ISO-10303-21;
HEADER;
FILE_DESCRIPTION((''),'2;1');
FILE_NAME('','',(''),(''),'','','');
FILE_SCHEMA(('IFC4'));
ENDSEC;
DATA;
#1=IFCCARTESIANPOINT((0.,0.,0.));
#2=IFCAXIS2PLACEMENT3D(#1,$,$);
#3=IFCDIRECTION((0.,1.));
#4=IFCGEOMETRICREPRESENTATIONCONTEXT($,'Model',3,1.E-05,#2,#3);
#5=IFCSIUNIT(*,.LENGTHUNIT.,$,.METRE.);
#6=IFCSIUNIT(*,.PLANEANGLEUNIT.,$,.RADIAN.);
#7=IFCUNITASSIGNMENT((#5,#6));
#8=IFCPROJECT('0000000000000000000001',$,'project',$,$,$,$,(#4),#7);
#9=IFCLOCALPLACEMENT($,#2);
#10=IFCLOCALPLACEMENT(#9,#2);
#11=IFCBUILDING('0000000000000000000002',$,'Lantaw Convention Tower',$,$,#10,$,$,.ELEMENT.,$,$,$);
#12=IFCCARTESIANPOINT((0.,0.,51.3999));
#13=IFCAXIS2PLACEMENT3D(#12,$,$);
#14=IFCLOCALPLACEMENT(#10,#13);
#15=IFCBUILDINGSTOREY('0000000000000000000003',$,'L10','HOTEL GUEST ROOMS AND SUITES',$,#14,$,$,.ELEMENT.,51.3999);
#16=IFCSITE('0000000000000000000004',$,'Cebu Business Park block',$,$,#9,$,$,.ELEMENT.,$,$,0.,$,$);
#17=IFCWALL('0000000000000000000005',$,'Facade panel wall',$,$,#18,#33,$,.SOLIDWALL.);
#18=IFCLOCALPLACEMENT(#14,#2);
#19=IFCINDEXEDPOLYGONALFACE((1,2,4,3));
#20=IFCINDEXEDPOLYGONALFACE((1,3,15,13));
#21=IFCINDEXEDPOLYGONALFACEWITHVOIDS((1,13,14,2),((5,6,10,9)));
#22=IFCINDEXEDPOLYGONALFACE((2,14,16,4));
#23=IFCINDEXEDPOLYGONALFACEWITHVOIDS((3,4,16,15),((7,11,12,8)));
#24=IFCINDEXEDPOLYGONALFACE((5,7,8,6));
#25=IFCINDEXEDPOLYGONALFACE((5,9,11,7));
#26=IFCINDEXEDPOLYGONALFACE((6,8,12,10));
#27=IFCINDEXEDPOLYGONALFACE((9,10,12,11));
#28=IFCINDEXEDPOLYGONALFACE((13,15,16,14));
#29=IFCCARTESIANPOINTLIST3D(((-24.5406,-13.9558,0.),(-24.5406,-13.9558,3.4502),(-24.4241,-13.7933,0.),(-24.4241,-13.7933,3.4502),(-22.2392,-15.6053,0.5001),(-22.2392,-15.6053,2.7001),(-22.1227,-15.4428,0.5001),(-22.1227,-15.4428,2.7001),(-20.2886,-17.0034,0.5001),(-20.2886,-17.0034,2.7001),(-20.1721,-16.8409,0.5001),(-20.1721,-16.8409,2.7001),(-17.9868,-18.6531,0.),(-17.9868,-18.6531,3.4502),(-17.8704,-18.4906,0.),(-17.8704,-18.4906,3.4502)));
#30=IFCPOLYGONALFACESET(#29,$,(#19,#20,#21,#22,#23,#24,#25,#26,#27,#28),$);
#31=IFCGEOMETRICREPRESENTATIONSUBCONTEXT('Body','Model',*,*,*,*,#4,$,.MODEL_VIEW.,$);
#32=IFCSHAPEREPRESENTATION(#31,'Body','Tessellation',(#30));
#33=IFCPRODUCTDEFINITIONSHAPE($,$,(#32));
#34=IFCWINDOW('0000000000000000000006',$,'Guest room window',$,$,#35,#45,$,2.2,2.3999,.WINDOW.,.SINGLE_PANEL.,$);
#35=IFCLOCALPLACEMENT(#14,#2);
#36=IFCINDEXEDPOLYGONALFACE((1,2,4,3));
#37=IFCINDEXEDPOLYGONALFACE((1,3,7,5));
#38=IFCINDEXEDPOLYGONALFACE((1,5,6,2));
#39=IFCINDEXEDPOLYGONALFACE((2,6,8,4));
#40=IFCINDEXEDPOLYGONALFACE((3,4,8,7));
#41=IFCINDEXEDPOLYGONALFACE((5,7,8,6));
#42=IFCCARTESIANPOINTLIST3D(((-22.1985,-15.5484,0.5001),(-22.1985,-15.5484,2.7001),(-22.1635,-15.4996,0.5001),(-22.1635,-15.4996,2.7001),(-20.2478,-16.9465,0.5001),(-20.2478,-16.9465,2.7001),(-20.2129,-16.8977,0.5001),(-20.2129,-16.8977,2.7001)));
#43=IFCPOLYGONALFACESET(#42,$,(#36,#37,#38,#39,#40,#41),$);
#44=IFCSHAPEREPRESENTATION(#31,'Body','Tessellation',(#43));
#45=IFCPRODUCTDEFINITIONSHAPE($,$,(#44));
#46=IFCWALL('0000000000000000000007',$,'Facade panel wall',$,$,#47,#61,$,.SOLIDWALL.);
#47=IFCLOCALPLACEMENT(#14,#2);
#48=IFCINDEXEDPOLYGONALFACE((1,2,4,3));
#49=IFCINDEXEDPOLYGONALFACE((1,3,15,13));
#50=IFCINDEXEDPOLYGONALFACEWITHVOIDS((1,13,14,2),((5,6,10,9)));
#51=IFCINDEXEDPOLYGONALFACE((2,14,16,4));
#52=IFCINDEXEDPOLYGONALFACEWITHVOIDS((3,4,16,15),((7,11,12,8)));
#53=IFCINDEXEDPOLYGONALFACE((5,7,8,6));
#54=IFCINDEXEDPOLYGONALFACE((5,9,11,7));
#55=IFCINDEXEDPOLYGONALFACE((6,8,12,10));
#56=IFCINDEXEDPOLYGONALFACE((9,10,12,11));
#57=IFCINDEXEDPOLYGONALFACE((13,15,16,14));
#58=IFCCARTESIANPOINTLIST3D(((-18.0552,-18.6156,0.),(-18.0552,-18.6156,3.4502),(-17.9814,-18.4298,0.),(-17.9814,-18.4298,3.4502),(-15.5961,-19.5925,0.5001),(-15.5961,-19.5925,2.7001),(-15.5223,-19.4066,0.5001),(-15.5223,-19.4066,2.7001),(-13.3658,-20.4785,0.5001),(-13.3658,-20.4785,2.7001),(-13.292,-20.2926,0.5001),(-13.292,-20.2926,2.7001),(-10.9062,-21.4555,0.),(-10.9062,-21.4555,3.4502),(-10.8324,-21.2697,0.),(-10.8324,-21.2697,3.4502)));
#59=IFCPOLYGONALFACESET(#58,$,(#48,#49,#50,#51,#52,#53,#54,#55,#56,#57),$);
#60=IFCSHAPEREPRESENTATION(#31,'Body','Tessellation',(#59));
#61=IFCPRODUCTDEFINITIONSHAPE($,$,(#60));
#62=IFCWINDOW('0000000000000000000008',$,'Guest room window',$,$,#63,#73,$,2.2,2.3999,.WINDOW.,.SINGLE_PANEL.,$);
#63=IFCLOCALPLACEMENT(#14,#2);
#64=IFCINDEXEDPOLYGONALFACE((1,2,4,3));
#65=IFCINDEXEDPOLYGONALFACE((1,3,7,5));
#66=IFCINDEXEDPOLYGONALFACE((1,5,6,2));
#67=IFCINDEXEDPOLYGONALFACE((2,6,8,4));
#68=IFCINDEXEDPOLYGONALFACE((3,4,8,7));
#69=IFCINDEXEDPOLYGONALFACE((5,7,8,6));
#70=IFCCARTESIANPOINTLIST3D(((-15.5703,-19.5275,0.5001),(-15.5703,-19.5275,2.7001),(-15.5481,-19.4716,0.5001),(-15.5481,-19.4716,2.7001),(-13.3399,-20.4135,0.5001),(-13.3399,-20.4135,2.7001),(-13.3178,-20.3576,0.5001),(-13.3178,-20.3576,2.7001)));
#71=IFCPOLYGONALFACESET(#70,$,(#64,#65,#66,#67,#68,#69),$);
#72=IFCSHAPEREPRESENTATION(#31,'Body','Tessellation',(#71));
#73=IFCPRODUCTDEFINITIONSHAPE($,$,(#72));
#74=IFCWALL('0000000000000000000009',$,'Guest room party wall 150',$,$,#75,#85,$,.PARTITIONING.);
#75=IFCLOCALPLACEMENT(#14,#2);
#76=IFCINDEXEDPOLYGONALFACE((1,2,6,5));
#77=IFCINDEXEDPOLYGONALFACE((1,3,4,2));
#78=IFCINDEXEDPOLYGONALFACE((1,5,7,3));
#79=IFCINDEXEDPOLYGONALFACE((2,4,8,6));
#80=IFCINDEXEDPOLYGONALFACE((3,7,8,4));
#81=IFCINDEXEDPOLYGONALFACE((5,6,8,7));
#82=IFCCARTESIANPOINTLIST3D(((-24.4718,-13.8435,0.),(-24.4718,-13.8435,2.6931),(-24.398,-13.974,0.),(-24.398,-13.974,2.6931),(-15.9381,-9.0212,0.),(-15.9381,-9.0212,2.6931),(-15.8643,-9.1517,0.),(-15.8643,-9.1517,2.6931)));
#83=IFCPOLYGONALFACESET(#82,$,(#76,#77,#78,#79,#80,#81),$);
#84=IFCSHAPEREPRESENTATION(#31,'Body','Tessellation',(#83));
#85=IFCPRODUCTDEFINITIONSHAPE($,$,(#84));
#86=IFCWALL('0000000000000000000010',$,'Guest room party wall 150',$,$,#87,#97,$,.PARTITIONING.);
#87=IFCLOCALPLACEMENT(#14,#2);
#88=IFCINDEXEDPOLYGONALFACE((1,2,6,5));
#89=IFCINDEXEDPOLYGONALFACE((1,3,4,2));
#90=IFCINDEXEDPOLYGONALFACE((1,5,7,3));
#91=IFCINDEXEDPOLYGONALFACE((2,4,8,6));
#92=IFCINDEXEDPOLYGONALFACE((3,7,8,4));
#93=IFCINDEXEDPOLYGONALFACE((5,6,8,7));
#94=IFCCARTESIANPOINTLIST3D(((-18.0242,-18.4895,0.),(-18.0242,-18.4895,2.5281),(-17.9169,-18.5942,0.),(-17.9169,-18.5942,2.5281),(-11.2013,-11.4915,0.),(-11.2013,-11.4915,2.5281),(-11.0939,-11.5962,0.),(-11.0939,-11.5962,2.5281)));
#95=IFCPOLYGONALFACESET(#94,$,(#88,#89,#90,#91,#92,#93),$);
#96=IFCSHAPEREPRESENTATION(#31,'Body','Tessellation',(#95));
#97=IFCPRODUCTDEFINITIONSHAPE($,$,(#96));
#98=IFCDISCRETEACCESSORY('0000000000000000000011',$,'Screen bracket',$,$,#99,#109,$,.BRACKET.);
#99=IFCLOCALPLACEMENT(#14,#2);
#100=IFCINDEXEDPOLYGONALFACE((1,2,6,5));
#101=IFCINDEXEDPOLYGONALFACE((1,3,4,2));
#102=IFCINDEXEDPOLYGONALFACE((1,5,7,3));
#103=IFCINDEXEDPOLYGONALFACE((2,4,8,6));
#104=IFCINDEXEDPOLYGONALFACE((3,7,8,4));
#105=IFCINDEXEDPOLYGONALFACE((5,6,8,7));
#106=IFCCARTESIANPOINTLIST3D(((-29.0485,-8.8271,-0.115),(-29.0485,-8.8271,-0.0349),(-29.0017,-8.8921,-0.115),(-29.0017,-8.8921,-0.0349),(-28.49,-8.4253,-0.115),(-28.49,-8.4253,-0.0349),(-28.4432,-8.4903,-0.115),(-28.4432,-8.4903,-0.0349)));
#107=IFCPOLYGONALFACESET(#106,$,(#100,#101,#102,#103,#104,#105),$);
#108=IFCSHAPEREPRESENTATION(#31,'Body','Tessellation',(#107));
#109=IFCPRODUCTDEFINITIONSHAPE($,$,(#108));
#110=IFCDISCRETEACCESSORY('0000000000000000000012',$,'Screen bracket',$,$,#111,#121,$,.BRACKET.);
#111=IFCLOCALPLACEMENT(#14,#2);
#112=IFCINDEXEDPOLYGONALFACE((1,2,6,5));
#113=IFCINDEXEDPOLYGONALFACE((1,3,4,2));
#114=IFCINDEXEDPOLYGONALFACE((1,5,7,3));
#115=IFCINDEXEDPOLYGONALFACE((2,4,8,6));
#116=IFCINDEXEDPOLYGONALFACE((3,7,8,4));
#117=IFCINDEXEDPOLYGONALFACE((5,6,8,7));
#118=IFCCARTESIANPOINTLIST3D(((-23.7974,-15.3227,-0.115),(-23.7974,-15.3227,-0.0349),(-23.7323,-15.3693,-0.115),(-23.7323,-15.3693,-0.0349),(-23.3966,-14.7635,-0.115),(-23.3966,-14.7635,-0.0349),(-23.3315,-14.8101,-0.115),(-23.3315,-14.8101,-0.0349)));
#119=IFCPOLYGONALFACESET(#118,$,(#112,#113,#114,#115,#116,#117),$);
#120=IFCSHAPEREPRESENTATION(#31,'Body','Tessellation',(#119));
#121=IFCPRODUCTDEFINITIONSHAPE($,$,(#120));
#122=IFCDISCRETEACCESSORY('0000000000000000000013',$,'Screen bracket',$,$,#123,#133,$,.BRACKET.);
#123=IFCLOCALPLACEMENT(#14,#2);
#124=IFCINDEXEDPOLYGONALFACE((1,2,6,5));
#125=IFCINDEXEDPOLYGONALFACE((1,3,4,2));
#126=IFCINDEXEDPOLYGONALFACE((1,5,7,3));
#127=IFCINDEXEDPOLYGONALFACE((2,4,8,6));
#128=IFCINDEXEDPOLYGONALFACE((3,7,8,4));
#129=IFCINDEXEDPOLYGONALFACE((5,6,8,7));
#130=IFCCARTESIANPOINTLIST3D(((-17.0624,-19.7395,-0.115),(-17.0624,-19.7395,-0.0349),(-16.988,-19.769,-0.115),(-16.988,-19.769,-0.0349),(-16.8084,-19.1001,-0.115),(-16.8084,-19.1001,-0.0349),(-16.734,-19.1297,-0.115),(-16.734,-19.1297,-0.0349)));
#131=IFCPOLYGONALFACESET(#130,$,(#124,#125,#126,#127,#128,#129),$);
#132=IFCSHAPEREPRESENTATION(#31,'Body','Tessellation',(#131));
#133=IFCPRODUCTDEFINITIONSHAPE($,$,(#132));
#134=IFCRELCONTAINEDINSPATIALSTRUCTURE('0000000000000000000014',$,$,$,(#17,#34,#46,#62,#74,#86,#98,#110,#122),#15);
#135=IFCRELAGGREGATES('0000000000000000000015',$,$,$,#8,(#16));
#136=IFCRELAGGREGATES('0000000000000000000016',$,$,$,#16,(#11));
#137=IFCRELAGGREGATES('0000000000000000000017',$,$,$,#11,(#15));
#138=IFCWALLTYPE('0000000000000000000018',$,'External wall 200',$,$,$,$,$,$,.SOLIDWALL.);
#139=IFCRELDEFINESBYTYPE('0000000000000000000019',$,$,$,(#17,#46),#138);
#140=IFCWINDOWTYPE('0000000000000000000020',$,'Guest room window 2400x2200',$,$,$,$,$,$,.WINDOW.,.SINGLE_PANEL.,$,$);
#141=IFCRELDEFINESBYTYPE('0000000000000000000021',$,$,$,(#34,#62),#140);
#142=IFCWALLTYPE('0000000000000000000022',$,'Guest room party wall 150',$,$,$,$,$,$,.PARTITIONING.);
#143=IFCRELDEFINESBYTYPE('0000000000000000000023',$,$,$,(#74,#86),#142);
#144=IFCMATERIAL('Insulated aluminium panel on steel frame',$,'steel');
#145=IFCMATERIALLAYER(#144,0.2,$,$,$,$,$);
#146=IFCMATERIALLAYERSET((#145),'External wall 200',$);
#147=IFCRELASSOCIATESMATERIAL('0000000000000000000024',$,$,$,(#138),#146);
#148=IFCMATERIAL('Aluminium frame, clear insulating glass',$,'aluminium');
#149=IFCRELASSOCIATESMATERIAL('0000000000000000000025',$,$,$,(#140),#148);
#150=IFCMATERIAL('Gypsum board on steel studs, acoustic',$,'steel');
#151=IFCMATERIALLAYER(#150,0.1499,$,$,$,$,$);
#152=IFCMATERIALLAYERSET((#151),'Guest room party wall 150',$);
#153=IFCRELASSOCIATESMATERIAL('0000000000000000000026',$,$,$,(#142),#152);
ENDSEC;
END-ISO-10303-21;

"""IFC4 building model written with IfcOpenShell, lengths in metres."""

from ifc_helpers import new_model, si_unit, direction, frame, frame_2d, origin, origin_2d, place, context, subcontext, project, spatial, rectangle, extrude, material, layer, layer_set, type_object, element, fill, save


model = new_model("IFC4")

# Units and contexts
model_context = context("Model", 3, precision=1e-05, world=origin(), true_north=direction((0.0, 1.0)))
body_context = subcontext(model_context, "Body", "Model", "MODEL_VIEW")
ifc_project = project(units=[si_unit("LENGTHUNIT", "METRE"), si_unit("PLANEANGLEUNIT", "RADIAN")], contexts=[model_context])

# Site, building, storey
site_placement = place(None, origin())
site = spatial("IfcSite", under=ifc_project, at=site_placement, Name="Cebu Business Park block", CompositionType="ELEMENT", RefElevation=0.0)
building_placement = place(site_placement, origin())
building = spatial("IfcBuilding", under=site, at=building_placement, Name="Lantaw Convention Tower", CompositionType="ELEMENT")
storey_placement = place(building_placement, frame((0.0, 0.0, 51.3999)))
storey = spatial("IfcBuildingStorey", under=building, at=storey_placement, Name="L10", Description="HOTEL GUEST ROOMS AND SUITES", CompositionType="ELEMENT", Elevation=51.3999)

# Walls, openings, windows
ifc_material_1 = material(Name="Insulated aluminium panel on steel frame", Category="steel")
ifc_layer_1 = layer(ifc_material_1, 0.2)
ifc_layer_set_1 = layer_set([ifc_layer_1], Name="External wall 200")
wall_type_1 = type_object("IfcWallType", Name="External wall 200", PredefinedType="SOLIDWALL", material=ifc_layer_set_1)
wall_1_placement = place(storey_placement, frame((-24.4824, -13.8745, 0.0), z_axis=(0.0, 0.0, 1.0), x_axis=(0.812791, -0.582555, 0.0)))
wall_1 = element("IfcWall", 1, at=wall_1_placement, inside=storey, type_object=wall_type_1, Name="Facade panel wall", PredefinedType="SOLIDWALL", context=body_context, shape_type="SweptSolid", body=[
    extrude(rectangle(XDim=8.0632, YDim=0.2, at=frame_2d((4.0317, 0.0))), origin(), (0.0, 0.0, 1.0), 3.4502),
])
opening_1_placement = place(wall_1_placement, frame((2.8315, 0.0, 0.5)))
opening_1 = element("IfcOpeningElement", 2, at=opening_1_placement, cuts=wall_1, PredefinedType="OPENING", context=body_context, shape_type="SweptSolid", body=[
    extrude(rectangle(XDim=2.3999, YDim=2.2, at=frame_2d((1.2, 1.1001))), frame((0.0, 0.1099, 0.0), z_axis=(0.0, -1.0, 0.0), x_axis=(1.0, 0.0, 0.0)), (0.0, 0.0, 1.0), 0.22),
])
ifc_material_2 = material(Name="Aluminium frame, clear insulating glass", Category="aluminium")
window_type = type_object("IfcWindowType", Name="Guest room window 2400x2200", PartitioningType="SINGLE_PANEL", PredefinedType="WINDOW", material=ifc_material_2)
window_1_placement = place(opening_1_placement, origin())
window_1 = element("IfcWindow", 3, at=window_1_placement, inside=storey, type_object=window_type, Name="Guest room window", OverallHeight=2.2, OverallWidth=2.3999, PartitioningType="SINGLE_PANEL", PredefinedType="WINDOW", context=body_context, shape_type="SweptSolid", body=[
    extrude(rectangle(XDim=2.3999, YDim=2.2, at=frame_2d((1.2, 1.1001))), frame((0.0, 0.03, 0.0), z_axis=(0.0, -1.0, 0.0), x_axis=(1.0, 0.0, 0.0)), (0.0, 0.0, 1.0), 0.0601),
])
fill(opening_1, window_1)
wall_2_placement = place(storey_placement, frame((-18.0183, -18.5227, 0.0), z_axis=(0.0, 0.0, 1.0), x_axis=(0.929358, -0.369179, 0.0)))
wall_2 = element("IfcWall", 4, at=wall_2_placement, inside=storey, type_object=wall_type_1, Name="Facade panel wall", PredefinedType="SOLIDWALL", context=body_context, shape_type="SweptSolid", body=[
    extrude(rectangle(XDim=7.6924, YDim=0.2, at=frame_2d((3.8462, 0.0))), origin(), (0.0, 0.0, 1.0), 3.4502),
])
opening_2_placement = place(wall_2_placement, frame((2.646, 0.0, 0.5)))
opening_2 = element("IfcOpeningElement", 5, at=opening_2_placement, cuts=wall_2, PredefinedType="OPENING", context=body_context, shape_type="SweptSolid", body=[
    extrude(rectangle(XDim=2.3999, YDim=2.2, at=frame_2d((1.2, 1.1001))), frame((0.0, 0.1099, 0.0), z_axis=(0.0, -1.0, 0.0), x_axis=(1.0, 0.0, 0.0)), (0.0, 0.0, 1.0), 0.22),
])
window_2_placement = place(opening_2_placement, origin())
window_2 = element("IfcWindow", 6, at=window_2_placement, inside=storey, type_object=window_type, Name="Guest room window", OverallHeight=2.2, OverallWidth=2.3999, PartitioningType="SINGLE_PANEL", PredefinedType="WINDOW", context=body_context, shape_type="SweptSolid", body=[
    extrude(rectangle(XDim=2.3999, YDim=2.2, at=frame_2d((1.2, 1.1001))), frame((0.0, 0.03, 0.0), z_axis=(0.0, -1.0, 0.0), x_axis=(1.0, 0.0, 0.0)), (0.0, 0.0, 1.0), 0.0601),
])
fill(opening_2, window_2)

# Walls
ifc_material_3 = material(Name="Gypsum board on steel studs, acoustic", Category="steel")
ifc_layer_2 = layer(ifc_material_3, 0.1499)
ifc_layer_set_2 = layer_set([ifc_layer_2], Name="Guest room party wall 150")
wall_type_2 = type_object("IfcWallType", Name="Guest room party wall 150", PredefinedType="PARTITIONING", material=ifc_layer_set_2)
wall_3_placement = place(storey_placement, frame((-24.4348, -13.9087, 0.0), z_axis=(0.0, 0.0, 1.0), x_axis=(0.870612, 0.49197, 0.0)))
element("IfcWall", 7, at=wall_3_placement, inside=storey, type_object=wall_type_2, Name="Guest room party wall 150", PredefinedType="PARTITIONING", context=body_context, shape_type="SweptSolid", body=[
    extrude(rectangle(XDim=9.802, YDim=0.1499, at=frame_2d((4.9009, 0.0))), origin(), (0.0, 0.0, 1.0), 2.6931),
])
wall_4_placement = place(storey_placement, frame((-17.9705, -18.5417, 0.0), z_axis=(0.0, 0.0, 1.0), x_axis=(0.698095, 0.716005, 0.0)))
element("IfcWall", 8, at=wall_4_placement, inside=storey, type_object=wall_type_2, Name="Guest room party wall 150", PredefinedType="PARTITIONING", context=body_context, shape_type="SweptSolid", body=[
    extrude(rectangle(XDim=9.7737, YDim=0.1499, at=frame_2d((4.8867, 0.0))), origin(), (0.0, 0.0, 1.0), 2.5281),
])

# Discrete accessories
for number, where, z_axis, x_axis, name in (
    (9, (-28.7458, -8.6587, -0.115), (0.0, 0.0, 1.0), (0.583951, -0.811789, 0.0), "Screen bracket"),
    (10, (-23.5645, -15.0664, -0.115), (0.0, 0.0, 1.0), (0.812804, -0.582538, 0.0), "Screen bracket"),
    (11, (-16.8982, -19.4346, -0.115), (0.0, 0.0, 1.0), (0.929361, -0.369172, 0.0), "Screen bracket"),
):
    element("IfcDiscreteAccessory", number, at=place(storey_placement, frame(where, z_axis=z_axis, x_axis=x_axis)), inside=storey, Name=name, PredefinedType="BRACKET", context=body_context, shape_type="SweptSolid", body=[
        extrude(rectangle(XDim=0.0801, YDim=0.688, at=origin_2d()), origin(), (0.0, 0.0, 1.0), 0.0801),
    ])

save(model, "model.ifc")
